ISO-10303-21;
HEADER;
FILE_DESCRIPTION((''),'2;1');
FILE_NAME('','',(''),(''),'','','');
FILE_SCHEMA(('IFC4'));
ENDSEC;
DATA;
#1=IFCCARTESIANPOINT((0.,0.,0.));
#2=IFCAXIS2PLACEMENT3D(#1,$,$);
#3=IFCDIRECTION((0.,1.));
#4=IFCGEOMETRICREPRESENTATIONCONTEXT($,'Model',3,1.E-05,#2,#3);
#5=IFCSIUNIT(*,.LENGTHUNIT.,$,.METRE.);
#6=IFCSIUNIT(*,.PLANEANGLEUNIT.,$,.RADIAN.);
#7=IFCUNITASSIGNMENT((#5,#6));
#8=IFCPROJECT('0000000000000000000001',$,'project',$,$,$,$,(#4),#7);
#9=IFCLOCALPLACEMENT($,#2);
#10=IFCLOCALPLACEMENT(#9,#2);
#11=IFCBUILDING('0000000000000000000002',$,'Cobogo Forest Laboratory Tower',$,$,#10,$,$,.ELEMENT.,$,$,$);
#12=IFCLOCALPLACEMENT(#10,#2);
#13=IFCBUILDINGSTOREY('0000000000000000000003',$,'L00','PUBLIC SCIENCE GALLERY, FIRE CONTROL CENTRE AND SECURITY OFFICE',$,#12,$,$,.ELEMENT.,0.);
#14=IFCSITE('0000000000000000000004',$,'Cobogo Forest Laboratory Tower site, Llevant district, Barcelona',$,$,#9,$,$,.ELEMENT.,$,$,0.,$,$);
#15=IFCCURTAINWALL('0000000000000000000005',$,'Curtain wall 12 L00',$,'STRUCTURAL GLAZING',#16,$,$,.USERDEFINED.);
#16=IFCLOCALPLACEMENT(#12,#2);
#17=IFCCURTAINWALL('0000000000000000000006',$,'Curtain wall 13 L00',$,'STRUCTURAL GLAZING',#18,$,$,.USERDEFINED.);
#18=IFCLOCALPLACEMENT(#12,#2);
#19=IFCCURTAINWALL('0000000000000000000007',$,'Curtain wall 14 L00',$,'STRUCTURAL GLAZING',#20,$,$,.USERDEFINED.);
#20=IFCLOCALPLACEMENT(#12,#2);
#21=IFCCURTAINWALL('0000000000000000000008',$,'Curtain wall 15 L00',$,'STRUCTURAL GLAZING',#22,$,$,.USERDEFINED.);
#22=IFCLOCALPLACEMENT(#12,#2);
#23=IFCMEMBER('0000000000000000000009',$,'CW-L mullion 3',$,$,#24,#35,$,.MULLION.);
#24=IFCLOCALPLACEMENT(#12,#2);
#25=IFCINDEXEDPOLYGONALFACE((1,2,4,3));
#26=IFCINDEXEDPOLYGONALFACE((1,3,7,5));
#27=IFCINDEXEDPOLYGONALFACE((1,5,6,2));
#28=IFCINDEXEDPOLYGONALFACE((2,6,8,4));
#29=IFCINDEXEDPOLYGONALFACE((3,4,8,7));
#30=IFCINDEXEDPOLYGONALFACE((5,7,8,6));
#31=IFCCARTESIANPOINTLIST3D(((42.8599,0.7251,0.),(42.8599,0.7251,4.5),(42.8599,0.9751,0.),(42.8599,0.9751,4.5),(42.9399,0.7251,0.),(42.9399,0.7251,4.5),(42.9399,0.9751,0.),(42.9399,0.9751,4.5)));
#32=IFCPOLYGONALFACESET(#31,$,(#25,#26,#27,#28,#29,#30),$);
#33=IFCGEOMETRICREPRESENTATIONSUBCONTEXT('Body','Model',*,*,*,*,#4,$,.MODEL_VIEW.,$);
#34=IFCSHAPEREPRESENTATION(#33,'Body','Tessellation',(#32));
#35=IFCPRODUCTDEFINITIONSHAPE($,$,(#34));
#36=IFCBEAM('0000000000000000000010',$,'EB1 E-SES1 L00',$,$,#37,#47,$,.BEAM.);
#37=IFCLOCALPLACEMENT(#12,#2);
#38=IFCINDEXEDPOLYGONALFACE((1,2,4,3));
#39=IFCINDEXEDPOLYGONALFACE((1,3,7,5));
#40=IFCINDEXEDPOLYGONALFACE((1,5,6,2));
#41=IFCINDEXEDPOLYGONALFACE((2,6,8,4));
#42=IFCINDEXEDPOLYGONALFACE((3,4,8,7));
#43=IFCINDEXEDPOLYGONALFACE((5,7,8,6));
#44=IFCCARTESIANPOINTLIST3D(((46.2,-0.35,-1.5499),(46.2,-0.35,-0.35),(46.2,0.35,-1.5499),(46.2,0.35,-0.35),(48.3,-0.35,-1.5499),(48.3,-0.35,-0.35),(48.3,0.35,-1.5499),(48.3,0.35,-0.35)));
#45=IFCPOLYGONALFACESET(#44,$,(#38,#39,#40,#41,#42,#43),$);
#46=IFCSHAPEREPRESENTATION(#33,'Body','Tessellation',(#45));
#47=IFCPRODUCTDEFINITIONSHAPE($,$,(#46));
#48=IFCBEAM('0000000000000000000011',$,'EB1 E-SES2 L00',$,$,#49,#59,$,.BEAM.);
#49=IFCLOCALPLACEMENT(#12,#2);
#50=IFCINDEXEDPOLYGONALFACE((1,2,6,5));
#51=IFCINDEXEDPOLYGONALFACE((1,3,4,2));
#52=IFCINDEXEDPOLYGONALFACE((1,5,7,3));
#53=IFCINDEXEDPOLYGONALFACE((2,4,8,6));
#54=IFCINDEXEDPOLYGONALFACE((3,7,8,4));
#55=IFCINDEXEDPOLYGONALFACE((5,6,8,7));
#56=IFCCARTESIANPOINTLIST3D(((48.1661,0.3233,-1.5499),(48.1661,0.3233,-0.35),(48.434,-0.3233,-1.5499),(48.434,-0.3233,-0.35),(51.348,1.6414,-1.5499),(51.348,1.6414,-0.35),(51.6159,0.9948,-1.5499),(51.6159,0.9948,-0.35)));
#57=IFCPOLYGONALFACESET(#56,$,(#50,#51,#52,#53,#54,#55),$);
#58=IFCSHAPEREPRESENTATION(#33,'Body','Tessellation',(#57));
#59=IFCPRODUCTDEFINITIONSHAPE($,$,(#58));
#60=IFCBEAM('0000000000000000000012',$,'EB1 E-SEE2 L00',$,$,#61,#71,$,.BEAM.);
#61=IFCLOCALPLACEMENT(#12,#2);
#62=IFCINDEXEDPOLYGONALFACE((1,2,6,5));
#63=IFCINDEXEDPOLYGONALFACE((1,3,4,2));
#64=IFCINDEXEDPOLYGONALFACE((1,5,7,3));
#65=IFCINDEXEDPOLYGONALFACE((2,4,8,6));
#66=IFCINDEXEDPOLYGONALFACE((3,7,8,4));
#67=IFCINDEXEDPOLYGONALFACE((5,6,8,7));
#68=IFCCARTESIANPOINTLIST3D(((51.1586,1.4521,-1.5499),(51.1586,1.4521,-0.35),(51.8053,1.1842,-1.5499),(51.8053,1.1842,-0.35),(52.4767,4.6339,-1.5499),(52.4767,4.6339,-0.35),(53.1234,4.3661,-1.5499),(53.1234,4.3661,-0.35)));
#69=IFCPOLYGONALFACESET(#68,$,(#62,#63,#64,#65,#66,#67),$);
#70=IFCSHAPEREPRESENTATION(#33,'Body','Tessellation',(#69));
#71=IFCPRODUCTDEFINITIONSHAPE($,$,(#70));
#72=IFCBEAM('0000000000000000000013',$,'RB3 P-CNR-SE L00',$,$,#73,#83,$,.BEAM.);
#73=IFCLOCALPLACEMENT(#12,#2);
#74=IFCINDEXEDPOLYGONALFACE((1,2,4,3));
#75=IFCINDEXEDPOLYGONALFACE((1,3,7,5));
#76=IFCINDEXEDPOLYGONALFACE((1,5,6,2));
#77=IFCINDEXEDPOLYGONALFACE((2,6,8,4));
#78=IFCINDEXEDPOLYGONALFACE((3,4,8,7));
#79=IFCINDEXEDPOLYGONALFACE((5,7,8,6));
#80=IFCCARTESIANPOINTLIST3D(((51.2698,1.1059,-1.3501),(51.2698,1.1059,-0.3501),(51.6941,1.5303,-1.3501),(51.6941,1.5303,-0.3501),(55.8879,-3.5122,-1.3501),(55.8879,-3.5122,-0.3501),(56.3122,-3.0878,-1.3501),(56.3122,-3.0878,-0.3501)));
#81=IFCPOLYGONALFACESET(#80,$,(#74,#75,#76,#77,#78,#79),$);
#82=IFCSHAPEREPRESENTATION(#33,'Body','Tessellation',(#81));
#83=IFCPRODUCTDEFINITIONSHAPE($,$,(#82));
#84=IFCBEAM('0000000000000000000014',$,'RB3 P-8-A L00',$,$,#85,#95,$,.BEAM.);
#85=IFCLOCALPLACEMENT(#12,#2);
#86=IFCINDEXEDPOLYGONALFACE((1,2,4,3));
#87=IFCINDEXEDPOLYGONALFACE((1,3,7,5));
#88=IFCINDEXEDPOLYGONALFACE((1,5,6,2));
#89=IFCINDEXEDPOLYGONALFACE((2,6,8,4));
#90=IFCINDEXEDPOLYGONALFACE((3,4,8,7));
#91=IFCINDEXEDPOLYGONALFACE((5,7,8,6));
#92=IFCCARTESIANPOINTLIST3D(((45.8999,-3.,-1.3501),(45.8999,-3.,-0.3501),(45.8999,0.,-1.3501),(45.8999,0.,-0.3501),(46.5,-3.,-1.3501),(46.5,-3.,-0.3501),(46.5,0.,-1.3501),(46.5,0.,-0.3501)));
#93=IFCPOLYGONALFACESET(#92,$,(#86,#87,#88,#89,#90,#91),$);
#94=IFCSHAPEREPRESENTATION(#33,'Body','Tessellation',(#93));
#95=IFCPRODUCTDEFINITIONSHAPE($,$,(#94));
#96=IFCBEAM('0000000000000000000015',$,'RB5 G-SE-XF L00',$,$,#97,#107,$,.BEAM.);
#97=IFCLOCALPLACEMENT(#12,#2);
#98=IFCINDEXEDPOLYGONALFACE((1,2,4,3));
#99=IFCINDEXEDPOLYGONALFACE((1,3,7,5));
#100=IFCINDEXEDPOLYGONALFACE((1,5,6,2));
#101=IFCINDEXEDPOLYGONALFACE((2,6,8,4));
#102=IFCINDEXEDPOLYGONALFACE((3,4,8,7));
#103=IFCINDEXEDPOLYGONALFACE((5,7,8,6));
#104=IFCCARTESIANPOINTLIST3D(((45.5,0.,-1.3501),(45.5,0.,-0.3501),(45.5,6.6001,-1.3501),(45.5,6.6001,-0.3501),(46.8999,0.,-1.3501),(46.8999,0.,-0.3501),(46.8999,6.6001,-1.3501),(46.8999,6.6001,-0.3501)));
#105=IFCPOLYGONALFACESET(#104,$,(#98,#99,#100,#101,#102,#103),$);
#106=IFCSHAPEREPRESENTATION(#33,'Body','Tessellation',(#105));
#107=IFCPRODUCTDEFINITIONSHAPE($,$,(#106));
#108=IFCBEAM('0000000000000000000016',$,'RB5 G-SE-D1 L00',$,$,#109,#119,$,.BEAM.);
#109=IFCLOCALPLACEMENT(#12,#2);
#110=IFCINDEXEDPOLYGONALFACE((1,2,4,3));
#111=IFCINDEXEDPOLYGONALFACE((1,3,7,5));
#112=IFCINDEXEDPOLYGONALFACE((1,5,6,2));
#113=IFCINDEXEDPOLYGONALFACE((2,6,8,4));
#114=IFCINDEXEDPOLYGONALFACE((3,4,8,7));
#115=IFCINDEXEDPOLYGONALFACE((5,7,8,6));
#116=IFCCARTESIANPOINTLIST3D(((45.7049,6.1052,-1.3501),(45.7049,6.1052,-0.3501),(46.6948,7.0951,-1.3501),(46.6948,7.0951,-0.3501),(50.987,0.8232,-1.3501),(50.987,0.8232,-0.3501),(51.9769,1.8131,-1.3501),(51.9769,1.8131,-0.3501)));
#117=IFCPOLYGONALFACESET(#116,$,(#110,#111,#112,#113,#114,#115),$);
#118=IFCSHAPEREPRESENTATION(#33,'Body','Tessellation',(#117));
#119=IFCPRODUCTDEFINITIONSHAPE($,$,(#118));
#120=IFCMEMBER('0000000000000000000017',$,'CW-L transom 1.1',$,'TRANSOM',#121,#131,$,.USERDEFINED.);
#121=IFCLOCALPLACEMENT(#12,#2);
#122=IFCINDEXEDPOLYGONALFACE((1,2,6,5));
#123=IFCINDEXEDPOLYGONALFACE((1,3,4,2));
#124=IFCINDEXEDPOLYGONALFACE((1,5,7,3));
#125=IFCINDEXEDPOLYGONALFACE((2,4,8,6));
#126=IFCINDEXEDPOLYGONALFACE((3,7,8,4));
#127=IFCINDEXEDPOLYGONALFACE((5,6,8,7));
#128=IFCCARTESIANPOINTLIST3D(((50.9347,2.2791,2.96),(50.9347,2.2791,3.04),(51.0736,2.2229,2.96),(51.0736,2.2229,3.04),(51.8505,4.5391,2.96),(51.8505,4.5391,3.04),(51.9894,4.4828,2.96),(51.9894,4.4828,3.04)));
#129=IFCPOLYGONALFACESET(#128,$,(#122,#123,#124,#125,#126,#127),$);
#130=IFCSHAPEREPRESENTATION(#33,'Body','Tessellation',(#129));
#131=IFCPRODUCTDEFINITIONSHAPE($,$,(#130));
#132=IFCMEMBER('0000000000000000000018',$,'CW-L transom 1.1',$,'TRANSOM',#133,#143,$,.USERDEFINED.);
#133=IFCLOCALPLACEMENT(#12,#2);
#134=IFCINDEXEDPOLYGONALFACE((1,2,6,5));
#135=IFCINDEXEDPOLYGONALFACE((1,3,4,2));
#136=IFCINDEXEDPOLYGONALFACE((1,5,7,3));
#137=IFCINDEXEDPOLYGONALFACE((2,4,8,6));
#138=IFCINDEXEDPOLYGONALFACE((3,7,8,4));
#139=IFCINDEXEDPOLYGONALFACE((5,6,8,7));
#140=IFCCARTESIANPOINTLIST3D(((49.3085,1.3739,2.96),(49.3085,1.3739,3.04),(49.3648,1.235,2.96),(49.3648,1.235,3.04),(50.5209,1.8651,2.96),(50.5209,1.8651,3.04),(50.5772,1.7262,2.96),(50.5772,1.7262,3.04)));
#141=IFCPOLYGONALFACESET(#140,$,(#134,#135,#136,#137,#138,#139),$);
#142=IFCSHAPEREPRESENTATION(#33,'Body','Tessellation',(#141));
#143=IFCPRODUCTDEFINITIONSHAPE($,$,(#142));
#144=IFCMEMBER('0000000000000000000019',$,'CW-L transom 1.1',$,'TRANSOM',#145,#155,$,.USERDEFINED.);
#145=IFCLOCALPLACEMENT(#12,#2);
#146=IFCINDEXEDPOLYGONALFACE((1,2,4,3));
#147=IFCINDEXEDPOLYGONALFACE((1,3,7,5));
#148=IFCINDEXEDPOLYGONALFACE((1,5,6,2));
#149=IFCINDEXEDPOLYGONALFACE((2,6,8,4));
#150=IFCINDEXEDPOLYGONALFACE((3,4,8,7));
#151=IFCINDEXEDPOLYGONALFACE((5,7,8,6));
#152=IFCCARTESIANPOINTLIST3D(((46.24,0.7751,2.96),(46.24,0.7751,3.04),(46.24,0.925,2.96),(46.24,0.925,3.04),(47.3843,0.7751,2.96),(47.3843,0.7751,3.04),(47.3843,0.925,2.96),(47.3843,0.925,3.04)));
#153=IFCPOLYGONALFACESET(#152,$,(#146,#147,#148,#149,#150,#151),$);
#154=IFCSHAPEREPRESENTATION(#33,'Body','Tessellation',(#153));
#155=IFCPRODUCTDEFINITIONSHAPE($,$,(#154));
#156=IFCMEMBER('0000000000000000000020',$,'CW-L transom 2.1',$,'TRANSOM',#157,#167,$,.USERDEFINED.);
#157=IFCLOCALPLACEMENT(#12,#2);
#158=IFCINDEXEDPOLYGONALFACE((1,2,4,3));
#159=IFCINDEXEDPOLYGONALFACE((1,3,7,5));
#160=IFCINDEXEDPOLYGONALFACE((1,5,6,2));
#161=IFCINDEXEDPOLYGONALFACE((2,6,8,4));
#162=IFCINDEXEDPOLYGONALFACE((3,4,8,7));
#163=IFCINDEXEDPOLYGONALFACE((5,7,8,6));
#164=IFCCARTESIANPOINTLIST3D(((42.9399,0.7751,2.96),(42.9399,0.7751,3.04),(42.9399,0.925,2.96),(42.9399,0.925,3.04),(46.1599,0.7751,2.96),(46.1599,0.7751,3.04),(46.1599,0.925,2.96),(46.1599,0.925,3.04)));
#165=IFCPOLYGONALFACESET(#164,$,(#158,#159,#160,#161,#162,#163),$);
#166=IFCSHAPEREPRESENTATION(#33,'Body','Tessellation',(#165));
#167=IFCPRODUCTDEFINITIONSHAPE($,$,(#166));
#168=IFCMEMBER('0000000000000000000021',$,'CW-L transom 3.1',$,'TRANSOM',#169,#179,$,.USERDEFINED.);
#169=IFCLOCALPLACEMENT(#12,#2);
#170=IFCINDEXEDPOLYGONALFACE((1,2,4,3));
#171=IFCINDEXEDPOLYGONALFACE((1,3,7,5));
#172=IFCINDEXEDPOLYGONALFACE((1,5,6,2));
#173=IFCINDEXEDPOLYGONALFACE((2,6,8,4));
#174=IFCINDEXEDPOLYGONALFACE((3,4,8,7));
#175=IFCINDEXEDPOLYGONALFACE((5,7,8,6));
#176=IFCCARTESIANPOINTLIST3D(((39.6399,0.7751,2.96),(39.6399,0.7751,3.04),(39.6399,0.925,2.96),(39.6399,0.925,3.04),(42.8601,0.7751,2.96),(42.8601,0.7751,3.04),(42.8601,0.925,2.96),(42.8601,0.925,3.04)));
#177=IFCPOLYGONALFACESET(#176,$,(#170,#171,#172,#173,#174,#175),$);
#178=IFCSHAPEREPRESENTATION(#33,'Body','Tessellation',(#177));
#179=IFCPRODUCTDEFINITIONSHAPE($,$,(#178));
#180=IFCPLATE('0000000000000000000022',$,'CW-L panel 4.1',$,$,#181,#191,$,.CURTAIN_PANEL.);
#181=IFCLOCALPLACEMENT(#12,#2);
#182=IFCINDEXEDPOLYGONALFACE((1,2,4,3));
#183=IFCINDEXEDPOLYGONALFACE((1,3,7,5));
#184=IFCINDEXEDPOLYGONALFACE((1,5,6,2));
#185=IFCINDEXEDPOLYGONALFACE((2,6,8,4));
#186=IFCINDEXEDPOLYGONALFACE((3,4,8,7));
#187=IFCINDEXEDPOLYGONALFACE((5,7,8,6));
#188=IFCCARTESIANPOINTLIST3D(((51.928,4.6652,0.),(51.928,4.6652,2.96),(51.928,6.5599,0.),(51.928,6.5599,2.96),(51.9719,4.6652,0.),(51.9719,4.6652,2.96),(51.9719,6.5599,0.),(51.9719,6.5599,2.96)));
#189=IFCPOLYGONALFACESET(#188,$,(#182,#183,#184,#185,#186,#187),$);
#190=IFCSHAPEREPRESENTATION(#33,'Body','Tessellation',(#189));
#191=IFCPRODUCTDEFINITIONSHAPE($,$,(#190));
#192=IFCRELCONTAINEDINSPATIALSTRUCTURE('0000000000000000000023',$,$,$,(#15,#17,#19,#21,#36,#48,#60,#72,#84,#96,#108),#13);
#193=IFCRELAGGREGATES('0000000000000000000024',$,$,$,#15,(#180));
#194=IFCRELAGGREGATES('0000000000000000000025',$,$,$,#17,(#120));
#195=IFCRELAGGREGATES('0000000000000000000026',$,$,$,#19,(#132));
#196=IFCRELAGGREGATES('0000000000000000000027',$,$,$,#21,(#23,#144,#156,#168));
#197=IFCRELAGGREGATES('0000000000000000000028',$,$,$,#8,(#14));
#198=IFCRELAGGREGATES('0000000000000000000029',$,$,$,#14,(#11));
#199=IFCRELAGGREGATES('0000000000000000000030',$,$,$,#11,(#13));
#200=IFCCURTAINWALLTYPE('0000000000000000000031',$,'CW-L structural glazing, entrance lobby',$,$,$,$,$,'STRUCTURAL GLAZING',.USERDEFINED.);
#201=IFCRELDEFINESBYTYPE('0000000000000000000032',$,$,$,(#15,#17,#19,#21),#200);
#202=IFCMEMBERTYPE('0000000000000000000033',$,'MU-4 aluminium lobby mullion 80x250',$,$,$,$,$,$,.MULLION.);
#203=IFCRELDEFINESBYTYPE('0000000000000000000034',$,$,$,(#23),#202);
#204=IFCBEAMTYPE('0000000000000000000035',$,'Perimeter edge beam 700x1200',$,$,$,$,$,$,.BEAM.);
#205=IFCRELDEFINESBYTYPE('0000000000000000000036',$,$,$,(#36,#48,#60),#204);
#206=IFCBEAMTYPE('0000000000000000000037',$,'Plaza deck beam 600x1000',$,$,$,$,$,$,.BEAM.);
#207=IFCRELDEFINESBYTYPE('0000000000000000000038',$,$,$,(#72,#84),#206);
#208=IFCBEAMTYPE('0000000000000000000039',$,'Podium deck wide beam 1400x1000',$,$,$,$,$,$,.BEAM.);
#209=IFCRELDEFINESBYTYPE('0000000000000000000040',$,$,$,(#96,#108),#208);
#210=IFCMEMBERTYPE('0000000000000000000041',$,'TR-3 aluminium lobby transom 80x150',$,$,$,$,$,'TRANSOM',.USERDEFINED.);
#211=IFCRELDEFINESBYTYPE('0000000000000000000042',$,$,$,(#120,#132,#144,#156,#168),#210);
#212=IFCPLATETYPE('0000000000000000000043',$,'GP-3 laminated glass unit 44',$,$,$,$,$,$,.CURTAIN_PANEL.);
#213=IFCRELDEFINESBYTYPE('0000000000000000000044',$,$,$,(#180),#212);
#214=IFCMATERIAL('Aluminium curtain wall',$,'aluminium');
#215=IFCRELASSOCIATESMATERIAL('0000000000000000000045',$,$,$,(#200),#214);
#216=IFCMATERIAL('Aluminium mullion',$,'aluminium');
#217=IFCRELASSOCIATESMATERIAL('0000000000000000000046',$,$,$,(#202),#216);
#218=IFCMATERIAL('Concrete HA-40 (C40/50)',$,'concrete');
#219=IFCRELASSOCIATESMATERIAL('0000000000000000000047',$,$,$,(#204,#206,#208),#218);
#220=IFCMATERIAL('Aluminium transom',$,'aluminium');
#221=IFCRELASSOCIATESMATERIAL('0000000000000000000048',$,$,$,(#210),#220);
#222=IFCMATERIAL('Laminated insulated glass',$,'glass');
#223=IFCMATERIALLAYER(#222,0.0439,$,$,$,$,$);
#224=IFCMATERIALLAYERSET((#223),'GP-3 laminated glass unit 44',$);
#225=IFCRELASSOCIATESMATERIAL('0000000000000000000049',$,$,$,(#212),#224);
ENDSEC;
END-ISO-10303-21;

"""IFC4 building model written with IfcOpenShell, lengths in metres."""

from ifc_helpers import new_model, si_unit, direction, frame, origin, origin_2d, place, context, subcontext, project, spatial, rectangle, extrude, material, layer, layer_set, material_profile, profile_set, type_object, element, aggregate, save


model = new_model("IFC4")

# Units and contexts
model_context = context("Model", 3, precision=1e-05, world=origin(), true_north=direction((0.0, 1.0)))
body_context = subcontext(model_context, "Body", "Model", "MODEL_VIEW")
ifc_project = project(units=[si_unit("LENGTHUNIT", "METRE"), si_unit("PLANEANGLEUNIT", "RADIAN")], contexts=[model_context])

# Site, building, storey
site_placement = place(None, origin())
site = spatial("IfcSite", under=ifc_project, at=site_placement, Name="Cobogo Forest Laboratory Tower site, Llevant district, Barcelona", CompositionType="ELEMENT", RefElevation=0.0)
building_placement = place(site_placement, origin())
building = spatial("IfcBuilding", under=site, at=building_placement, Name="Cobogo Forest Laboratory Tower", CompositionType="ELEMENT")
storey_placement = place(building_placement, origin())
storey = spatial("IfcBuildingStorey", under=building, at=storey_placement, Name="L00", Description="PUBLIC SCIENCE GALLERY, FIRE CONTROL CENTRE AND SECURITY OFFICE", CompositionType="ELEMENT", Elevation=0.0)

# Curtain wall
ifc_material_1 = material(Name="Aluminium curtain wall", Category="aluminium")
curtain_wall_type = type_object("IfcCurtainWallType", Name="CW-L structural glazing, entrance lobby", ElementType="STRUCTURAL GLAZING", PredefinedType="USERDEFINED", material=ifc_material_1)
curtain_wall_1_placement = place(storey_placement, origin())
curtain_wall_1 = element("IfcCurtainWall", 1, at=curtain_wall_1_placement, inside=storey, type_object=curtain_wall_type, Name="Curtain wall 12 L00", ObjectType="STRUCTURAL GLAZING", PredefinedType="USERDEFINED")
ifc_material_2 = material(Name="Aluminium mullion", Category="aluminium")
ifc_material_profile_1 = material_profile(ifc_material_2, rectangle(XDim=0.0801, YDim=0.25, at=origin_2d()), Name="AL 80x250")
ifc_profile_set_1 = profile_set([ifc_material_profile_1], Name="Aluminium mullion")
member_type_1 = type_object("IfcMemberType", Name="MU-4 aluminium lobby mullion 80x250", PredefinedType="MULLION", material=ifc_profile_set_1)

# Curtain walls, member
curtain_wall_2_placement = place(storey_placement, origin())
curtain_wall_2 = element("IfcCurtainWall", 2, at=curtain_wall_2_placement, inside=storey, type_object=curtain_wall_type, Name="Curtain wall 13 L00", ObjectType="STRUCTURAL GLAZING", PredefinedType="USERDEFINED")
curtain_wall_3_placement = place(storey_placement, origin())
curtain_wall_3 = element("IfcCurtainWall", 3, at=curtain_wall_3_placement, inside=storey, type_object=curtain_wall_type, Name="Curtain wall 14 L00", ObjectType="STRUCTURAL GLAZING", PredefinedType="USERDEFINED")
curtain_wall_4_placement = place(storey_placement, origin())
curtain_wall_4 = element("IfcCurtainWall", 4, at=curtain_wall_4_placement, inside=storey, type_object=curtain_wall_type, Name="Curtain wall 15 L00", ObjectType="STRUCTURAL GLAZING", PredefinedType="USERDEFINED")
member_1_placement = place(storey_placement, frame((42.8999, 0.8501, 0.0), z_axis=(0.0, 0.0, 1.0), x_axis=(-1.0, 0.0, 0.0)))
member_1 = element("IfcMember", 5, at=member_1_placement, type_object=member_type_1, Name="CW-L mullion 3", PredefinedType="MULLION", context=body_context, shape_type="SweptSolid", body=[
    extrude(rectangle(XDim=0.0801, YDim=0.25, at=origin_2d()), origin(), (0.0, 0.0, 1.0), 4.5),
])

# Beams
ifc_material_3 = material(Name="Concrete HA-40 (C40/50)", Category="concrete")
ifc_material_profile_2 = material_profile(ifc_material_3, rectangle(XDim=0.7, YDim=1.2, at=origin_2d()), Name="RC 700x1200")
ifc_profile_set_2 = profile_set([ifc_material_profile_2], Name="Concrete HA-40 (C40/50)")
beam_type_1 = type_object("IfcBeamType", Name="Perimeter edge beam 700x1200", PredefinedType="BEAM", material=ifc_profile_set_2)
beam_1_placement = place(storey_placement, frame((46.2, 0.0, -0.95), z_axis=(1.0, 0.0, 0.0), x_axis=(0.0, 1.0, 0.0)))
element("IfcBeam", 6, at=beam_1_placement, inside=storey, type_object=beam_type_1, Name="EB1 E-SES1 L00", PredefinedType="BEAM", context=body_context, shape_type="SweptSolid", body=[
    extrude(rectangle(XDim=0.7, YDim=1.2, at=origin_2d()), origin(), (0.0, 0.0, 1.0), 2.1001),
])
for number, where, z_axis, x_axis, name in (
    (7, (48.3, 0.0, -0.95), (0.923866, 0.382717, 0.0), (-0.382717, 0.923866, 0.0), "EB1 E-SES2 L00"),
    (8, (52.8, 4.5, -0.95), (-0.382717, -0.923866, 0.0), (0.923866, -0.382717, 0.0), "EB1 E-SEE2 L00"),
):
    element("IfcBeam", number, at=place(storey_placement, frame(where, z_axis=z_axis, x_axis=x_axis)), inside=storey, type_object=beam_type_1, Name=name, PredefinedType="BEAM", context=body_context, shape_type="SweptSolid", body=[
        extrude(rectangle(XDim=0.7, YDim=1.2, at=origin_2d()), origin(), (0.0, 0.0, 1.0), 3.4441),
    ])
ifc_material_profile_3 = material_profile(ifc_material_3, rectangle(XDim=0.6001, YDim=1.0, at=origin_2d()), Name="RC 600x1000")
ifc_profile_set_3 = profile_set([ifc_material_profile_3], Name="Concrete HA-40 (C40/50)")
beam_type_2 = type_object("IfcBeamType", Name="Plaza deck beam 600x1000", PredefinedType="BEAM", material=ifc_profile_set_3)
beam_2_placement = place(storey_placement, frame((51.4819, 1.3181, -0.8501), z_axis=(0.707107, -0.707107, 0.0), x_axis=(0.707107, 0.707107, 0.0)))
element("IfcBeam", 9, at=beam_2_placement, inside=storey, type_object=beam_type_2, Name="RB3 P-CNR-SE L00", PredefinedType="BEAM", context=body_context, shape_type="SweptSolid", body=[
    extrude(rectangle(XDim=0.6001, YDim=1.0, at=origin_2d()), origin(), (0.0, 0.0, 1.0), 6.531),
])
beam_3_placement = place(storey_placement, frame((46.2, 0.0, -0.8501), z_axis=(0.0, -1.0, 0.0), x_axis=(1.0, 0.0, 0.0)))
element("IfcBeam", 10, at=beam_3_placement, inside=storey, type_object=beam_type_2, Name="RB3 P-8-A L00", PredefinedType="BEAM", context=body_context, shape_type="SweptSolid", body=[
    extrude(rectangle(XDim=0.6001, YDim=1.0, at=origin_2d()), origin(), (0.0, 0.0, 1.0), 3.0),
])
ifc_material_profile_4 = material_profile(ifc_material_3, rectangle(XDim=1.3999, YDim=1.0, at=origin_2d()), Name="RC 1400x1000")
ifc_profile_set_4 = profile_set([ifc_material_profile_4], Name="Concrete HA-40 (C40/50)")
beam_type_3 = type_object("IfcBeamType", Name="Podium deck wide beam 1400x1000", PredefinedType="BEAM", material=ifc_profile_set_4)
beam_4_placement = place(storey_placement, frame((46.2, 0.0, -0.8501), z_axis=(0.0, 1.0, 0.0), x_axis=(-1.0, 0.0, 0.0)))
element("IfcBeam", 11, at=beam_4_placement, inside=storey, type_object=beam_type_3, Name="RB5 G-SE-XF L00", PredefinedType="BEAM", context=body_context, shape_type="SweptSolid", body=[
    extrude(rectangle(XDim=1.3999, YDim=1.0, at=origin_2d()), origin(), (0.0, 0.0, 1.0), 6.6001),
])
beam_5_placement = place(storey_placement, frame((51.4819, 1.3181, -0.8501), z_axis=(-0.707107, 0.707107, 0.0), x_axis=(-0.707107, -0.707107, 0.0)))
element("IfcBeam", 12, at=beam_5_placement, inside=storey, type_object=beam_type_3, Name="RB5 G-SE-D1 L00", PredefinedType="BEAM", context=body_context, shape_type="SweptSolid", body=[
    extrude(rectangle(XDim=1.3999, YDim=1.0, at=origin_2d()), origin(), (0.0, 0.0, 1.0), 7.47),
])

# Members
ifc_material_4 = material(Name="Aluminium transom", Category="aluminium")
ifc_material_profile_5 = material_profile(ifc_material_4, rectangle(XDim=0.1499, YDim=0.0801, at=origin_2d()), Name="AL 80x150")
ifc_profile_set_5 = profile_set([ifc_material_profile_5], Name="Aluminium transom")
member_type_2 = type_object("IfcMemberType", Name="TR-3 aluminium lobby transom 80x150", ElementType="TRANSOM", PredefinedType="USERDEFINED", material=ifc_profile_set_5)
member_2_placement = place(storey_placement, frame((51.9199, 4.511, 3.0), z_axis=(-0.375547, -0.926803, 0.0), x_axis=(0.926803, -0.375547, 0.0)))
member_2 = element("IfcMember", 13, at=member_2_placement, type_object=member_type_2, Name="CW-L transom 1.1", ObjectType="TRANSOM", PredefinedType="USERDEFINED", context=body_context, shape_type="SweptSolid", body=[
    extrude(rectangle(XDim=0.1499, YDim=0.0801, at=origin_2d()), origin(), (0.0, 0.0, 1.0), 2.4385),
])
member_3_placement = place(storey_placement, frame((50.5491, 1.7957, 3.0), z_axis=(-0.92682, -0.375506, 0.0), x_axis=(0.375506, -0.92682, 0.0)))
member_3 = element("IfcMember", 14, at=member_3_placement, type_object=member_type_2, Name="CW-L transom 1.1", ObjectType="TRANSOM", PredefinedType="USERDEFINED", context=body_context, shape_type="SweptSolid", body=[
    extrude(rectangle(XDim=0.1499, YDim=0.0801, at=origin_2d()), origin(), (0.0, 0.0, 1.0), 1.3081),
])
member_4_placement = place(storey_placement, frame((47.3843, 0.8501, 3.0), z_axis=(-1.0, 0.0, 0.0), x_axis=(0.0, -1.0, 0.0)))
member_4 = element("IfcMember", 15, at=member_4_placement, type_object=member_type_2, Name="CW-L transom 1.1", ObjectType="TRANSOM", PredefinedType="USERDEFINED", context=body_context, shape_type="SweptSolid", body=[
    extrude(rectangle(XDim=0.1499, YDim=0.0801, at=origin_2d()), origin(), (0.0, 0.0, 1.0), 1.1443),
])
member_5_placement = place(storey_placement, frame((46.1599, 0.8501, 3.0), z_axis=(-1.0, 0.0, 0.0), x_axis=(0.0, -1.0, 0.0)))
member_5 = element("IfcMember", 16, at=member_5_placement, type_object=member_type_2, Name="CW-L transom 2.1", ObjectType="TRANSOM", PredefinedType="USERDEFINED", context=body_context, shape_type="SweptSolid", body=[
    extrude(rectangle(XDim=0.1499, YDim=0.0801, at=origin_2d()), origin(), (0.0, 0.0, 1.0), 3.22),
])
member_6_placement = place(storey_placement, frame((42.8601, 0.8501, 3.0), z_axis=(-1.0, 0.0, 0.0), x_axis=(0.0, -1.0, 0.0)))
member_6 = element("IfcMember", 17, at=member_6_placement, type_object=member_type_2, Name="CW-L transom 3.1", ObjectType="TRANSOM", PredefinedType="USERDEFINED", context=body_context, shape_type="SweptSolid", body=[
    extrude(rectangle(XDim=0.1499, YDim=0.0801, at=origin_2d()), origin(), (0.0, 0.0, 1.0), 3.2202),
])

# Plate
ifc_material_5 = material(Name="Laminated insulated glass", Category="glass")
ifc_layer = layer(ifc_material_5, 0.0439)
ifc_layer_set = layer_set([ifc_layer], Name="GP-3 laminated glass unit 44")
plate_type = type_object("IfcPlateType", Name="GP-3 laminated glass unit 44", PredefinedType="CURTAIN_PANEL", material=ifc_layer_set)
plate_1_placement = place(storey_placement, frame((51.95, 5.6125, 0.0), z_axis=(0.0, 0.0, 1.0), x_axis=(0.0, -1.0, 0.0)))
plate_1 = element("IfcPlate", 18, at=plate_1_placement, type_object=plate_type, Name="CW-L panel 4.1", PredefinedType="CURTAIN_PANEL", context=body_context, shape_type="SweptSolid", body=[
    extrude(rectangle(XDim=1.8948, YDim=0.0439, at=origin_2d()), origin(), (0.0, 0.0, 1.0), 2.96),
])
aggregate(curtain_wall_1, [plate_1])
aggregate(curtain_wall_2, [member_2])
aggregate(curtain_wall_3, [member_3])
aggregate(curtain_wall_4, [member_1, member_4, member_5, member_6])

save(model, "model.ifc")
